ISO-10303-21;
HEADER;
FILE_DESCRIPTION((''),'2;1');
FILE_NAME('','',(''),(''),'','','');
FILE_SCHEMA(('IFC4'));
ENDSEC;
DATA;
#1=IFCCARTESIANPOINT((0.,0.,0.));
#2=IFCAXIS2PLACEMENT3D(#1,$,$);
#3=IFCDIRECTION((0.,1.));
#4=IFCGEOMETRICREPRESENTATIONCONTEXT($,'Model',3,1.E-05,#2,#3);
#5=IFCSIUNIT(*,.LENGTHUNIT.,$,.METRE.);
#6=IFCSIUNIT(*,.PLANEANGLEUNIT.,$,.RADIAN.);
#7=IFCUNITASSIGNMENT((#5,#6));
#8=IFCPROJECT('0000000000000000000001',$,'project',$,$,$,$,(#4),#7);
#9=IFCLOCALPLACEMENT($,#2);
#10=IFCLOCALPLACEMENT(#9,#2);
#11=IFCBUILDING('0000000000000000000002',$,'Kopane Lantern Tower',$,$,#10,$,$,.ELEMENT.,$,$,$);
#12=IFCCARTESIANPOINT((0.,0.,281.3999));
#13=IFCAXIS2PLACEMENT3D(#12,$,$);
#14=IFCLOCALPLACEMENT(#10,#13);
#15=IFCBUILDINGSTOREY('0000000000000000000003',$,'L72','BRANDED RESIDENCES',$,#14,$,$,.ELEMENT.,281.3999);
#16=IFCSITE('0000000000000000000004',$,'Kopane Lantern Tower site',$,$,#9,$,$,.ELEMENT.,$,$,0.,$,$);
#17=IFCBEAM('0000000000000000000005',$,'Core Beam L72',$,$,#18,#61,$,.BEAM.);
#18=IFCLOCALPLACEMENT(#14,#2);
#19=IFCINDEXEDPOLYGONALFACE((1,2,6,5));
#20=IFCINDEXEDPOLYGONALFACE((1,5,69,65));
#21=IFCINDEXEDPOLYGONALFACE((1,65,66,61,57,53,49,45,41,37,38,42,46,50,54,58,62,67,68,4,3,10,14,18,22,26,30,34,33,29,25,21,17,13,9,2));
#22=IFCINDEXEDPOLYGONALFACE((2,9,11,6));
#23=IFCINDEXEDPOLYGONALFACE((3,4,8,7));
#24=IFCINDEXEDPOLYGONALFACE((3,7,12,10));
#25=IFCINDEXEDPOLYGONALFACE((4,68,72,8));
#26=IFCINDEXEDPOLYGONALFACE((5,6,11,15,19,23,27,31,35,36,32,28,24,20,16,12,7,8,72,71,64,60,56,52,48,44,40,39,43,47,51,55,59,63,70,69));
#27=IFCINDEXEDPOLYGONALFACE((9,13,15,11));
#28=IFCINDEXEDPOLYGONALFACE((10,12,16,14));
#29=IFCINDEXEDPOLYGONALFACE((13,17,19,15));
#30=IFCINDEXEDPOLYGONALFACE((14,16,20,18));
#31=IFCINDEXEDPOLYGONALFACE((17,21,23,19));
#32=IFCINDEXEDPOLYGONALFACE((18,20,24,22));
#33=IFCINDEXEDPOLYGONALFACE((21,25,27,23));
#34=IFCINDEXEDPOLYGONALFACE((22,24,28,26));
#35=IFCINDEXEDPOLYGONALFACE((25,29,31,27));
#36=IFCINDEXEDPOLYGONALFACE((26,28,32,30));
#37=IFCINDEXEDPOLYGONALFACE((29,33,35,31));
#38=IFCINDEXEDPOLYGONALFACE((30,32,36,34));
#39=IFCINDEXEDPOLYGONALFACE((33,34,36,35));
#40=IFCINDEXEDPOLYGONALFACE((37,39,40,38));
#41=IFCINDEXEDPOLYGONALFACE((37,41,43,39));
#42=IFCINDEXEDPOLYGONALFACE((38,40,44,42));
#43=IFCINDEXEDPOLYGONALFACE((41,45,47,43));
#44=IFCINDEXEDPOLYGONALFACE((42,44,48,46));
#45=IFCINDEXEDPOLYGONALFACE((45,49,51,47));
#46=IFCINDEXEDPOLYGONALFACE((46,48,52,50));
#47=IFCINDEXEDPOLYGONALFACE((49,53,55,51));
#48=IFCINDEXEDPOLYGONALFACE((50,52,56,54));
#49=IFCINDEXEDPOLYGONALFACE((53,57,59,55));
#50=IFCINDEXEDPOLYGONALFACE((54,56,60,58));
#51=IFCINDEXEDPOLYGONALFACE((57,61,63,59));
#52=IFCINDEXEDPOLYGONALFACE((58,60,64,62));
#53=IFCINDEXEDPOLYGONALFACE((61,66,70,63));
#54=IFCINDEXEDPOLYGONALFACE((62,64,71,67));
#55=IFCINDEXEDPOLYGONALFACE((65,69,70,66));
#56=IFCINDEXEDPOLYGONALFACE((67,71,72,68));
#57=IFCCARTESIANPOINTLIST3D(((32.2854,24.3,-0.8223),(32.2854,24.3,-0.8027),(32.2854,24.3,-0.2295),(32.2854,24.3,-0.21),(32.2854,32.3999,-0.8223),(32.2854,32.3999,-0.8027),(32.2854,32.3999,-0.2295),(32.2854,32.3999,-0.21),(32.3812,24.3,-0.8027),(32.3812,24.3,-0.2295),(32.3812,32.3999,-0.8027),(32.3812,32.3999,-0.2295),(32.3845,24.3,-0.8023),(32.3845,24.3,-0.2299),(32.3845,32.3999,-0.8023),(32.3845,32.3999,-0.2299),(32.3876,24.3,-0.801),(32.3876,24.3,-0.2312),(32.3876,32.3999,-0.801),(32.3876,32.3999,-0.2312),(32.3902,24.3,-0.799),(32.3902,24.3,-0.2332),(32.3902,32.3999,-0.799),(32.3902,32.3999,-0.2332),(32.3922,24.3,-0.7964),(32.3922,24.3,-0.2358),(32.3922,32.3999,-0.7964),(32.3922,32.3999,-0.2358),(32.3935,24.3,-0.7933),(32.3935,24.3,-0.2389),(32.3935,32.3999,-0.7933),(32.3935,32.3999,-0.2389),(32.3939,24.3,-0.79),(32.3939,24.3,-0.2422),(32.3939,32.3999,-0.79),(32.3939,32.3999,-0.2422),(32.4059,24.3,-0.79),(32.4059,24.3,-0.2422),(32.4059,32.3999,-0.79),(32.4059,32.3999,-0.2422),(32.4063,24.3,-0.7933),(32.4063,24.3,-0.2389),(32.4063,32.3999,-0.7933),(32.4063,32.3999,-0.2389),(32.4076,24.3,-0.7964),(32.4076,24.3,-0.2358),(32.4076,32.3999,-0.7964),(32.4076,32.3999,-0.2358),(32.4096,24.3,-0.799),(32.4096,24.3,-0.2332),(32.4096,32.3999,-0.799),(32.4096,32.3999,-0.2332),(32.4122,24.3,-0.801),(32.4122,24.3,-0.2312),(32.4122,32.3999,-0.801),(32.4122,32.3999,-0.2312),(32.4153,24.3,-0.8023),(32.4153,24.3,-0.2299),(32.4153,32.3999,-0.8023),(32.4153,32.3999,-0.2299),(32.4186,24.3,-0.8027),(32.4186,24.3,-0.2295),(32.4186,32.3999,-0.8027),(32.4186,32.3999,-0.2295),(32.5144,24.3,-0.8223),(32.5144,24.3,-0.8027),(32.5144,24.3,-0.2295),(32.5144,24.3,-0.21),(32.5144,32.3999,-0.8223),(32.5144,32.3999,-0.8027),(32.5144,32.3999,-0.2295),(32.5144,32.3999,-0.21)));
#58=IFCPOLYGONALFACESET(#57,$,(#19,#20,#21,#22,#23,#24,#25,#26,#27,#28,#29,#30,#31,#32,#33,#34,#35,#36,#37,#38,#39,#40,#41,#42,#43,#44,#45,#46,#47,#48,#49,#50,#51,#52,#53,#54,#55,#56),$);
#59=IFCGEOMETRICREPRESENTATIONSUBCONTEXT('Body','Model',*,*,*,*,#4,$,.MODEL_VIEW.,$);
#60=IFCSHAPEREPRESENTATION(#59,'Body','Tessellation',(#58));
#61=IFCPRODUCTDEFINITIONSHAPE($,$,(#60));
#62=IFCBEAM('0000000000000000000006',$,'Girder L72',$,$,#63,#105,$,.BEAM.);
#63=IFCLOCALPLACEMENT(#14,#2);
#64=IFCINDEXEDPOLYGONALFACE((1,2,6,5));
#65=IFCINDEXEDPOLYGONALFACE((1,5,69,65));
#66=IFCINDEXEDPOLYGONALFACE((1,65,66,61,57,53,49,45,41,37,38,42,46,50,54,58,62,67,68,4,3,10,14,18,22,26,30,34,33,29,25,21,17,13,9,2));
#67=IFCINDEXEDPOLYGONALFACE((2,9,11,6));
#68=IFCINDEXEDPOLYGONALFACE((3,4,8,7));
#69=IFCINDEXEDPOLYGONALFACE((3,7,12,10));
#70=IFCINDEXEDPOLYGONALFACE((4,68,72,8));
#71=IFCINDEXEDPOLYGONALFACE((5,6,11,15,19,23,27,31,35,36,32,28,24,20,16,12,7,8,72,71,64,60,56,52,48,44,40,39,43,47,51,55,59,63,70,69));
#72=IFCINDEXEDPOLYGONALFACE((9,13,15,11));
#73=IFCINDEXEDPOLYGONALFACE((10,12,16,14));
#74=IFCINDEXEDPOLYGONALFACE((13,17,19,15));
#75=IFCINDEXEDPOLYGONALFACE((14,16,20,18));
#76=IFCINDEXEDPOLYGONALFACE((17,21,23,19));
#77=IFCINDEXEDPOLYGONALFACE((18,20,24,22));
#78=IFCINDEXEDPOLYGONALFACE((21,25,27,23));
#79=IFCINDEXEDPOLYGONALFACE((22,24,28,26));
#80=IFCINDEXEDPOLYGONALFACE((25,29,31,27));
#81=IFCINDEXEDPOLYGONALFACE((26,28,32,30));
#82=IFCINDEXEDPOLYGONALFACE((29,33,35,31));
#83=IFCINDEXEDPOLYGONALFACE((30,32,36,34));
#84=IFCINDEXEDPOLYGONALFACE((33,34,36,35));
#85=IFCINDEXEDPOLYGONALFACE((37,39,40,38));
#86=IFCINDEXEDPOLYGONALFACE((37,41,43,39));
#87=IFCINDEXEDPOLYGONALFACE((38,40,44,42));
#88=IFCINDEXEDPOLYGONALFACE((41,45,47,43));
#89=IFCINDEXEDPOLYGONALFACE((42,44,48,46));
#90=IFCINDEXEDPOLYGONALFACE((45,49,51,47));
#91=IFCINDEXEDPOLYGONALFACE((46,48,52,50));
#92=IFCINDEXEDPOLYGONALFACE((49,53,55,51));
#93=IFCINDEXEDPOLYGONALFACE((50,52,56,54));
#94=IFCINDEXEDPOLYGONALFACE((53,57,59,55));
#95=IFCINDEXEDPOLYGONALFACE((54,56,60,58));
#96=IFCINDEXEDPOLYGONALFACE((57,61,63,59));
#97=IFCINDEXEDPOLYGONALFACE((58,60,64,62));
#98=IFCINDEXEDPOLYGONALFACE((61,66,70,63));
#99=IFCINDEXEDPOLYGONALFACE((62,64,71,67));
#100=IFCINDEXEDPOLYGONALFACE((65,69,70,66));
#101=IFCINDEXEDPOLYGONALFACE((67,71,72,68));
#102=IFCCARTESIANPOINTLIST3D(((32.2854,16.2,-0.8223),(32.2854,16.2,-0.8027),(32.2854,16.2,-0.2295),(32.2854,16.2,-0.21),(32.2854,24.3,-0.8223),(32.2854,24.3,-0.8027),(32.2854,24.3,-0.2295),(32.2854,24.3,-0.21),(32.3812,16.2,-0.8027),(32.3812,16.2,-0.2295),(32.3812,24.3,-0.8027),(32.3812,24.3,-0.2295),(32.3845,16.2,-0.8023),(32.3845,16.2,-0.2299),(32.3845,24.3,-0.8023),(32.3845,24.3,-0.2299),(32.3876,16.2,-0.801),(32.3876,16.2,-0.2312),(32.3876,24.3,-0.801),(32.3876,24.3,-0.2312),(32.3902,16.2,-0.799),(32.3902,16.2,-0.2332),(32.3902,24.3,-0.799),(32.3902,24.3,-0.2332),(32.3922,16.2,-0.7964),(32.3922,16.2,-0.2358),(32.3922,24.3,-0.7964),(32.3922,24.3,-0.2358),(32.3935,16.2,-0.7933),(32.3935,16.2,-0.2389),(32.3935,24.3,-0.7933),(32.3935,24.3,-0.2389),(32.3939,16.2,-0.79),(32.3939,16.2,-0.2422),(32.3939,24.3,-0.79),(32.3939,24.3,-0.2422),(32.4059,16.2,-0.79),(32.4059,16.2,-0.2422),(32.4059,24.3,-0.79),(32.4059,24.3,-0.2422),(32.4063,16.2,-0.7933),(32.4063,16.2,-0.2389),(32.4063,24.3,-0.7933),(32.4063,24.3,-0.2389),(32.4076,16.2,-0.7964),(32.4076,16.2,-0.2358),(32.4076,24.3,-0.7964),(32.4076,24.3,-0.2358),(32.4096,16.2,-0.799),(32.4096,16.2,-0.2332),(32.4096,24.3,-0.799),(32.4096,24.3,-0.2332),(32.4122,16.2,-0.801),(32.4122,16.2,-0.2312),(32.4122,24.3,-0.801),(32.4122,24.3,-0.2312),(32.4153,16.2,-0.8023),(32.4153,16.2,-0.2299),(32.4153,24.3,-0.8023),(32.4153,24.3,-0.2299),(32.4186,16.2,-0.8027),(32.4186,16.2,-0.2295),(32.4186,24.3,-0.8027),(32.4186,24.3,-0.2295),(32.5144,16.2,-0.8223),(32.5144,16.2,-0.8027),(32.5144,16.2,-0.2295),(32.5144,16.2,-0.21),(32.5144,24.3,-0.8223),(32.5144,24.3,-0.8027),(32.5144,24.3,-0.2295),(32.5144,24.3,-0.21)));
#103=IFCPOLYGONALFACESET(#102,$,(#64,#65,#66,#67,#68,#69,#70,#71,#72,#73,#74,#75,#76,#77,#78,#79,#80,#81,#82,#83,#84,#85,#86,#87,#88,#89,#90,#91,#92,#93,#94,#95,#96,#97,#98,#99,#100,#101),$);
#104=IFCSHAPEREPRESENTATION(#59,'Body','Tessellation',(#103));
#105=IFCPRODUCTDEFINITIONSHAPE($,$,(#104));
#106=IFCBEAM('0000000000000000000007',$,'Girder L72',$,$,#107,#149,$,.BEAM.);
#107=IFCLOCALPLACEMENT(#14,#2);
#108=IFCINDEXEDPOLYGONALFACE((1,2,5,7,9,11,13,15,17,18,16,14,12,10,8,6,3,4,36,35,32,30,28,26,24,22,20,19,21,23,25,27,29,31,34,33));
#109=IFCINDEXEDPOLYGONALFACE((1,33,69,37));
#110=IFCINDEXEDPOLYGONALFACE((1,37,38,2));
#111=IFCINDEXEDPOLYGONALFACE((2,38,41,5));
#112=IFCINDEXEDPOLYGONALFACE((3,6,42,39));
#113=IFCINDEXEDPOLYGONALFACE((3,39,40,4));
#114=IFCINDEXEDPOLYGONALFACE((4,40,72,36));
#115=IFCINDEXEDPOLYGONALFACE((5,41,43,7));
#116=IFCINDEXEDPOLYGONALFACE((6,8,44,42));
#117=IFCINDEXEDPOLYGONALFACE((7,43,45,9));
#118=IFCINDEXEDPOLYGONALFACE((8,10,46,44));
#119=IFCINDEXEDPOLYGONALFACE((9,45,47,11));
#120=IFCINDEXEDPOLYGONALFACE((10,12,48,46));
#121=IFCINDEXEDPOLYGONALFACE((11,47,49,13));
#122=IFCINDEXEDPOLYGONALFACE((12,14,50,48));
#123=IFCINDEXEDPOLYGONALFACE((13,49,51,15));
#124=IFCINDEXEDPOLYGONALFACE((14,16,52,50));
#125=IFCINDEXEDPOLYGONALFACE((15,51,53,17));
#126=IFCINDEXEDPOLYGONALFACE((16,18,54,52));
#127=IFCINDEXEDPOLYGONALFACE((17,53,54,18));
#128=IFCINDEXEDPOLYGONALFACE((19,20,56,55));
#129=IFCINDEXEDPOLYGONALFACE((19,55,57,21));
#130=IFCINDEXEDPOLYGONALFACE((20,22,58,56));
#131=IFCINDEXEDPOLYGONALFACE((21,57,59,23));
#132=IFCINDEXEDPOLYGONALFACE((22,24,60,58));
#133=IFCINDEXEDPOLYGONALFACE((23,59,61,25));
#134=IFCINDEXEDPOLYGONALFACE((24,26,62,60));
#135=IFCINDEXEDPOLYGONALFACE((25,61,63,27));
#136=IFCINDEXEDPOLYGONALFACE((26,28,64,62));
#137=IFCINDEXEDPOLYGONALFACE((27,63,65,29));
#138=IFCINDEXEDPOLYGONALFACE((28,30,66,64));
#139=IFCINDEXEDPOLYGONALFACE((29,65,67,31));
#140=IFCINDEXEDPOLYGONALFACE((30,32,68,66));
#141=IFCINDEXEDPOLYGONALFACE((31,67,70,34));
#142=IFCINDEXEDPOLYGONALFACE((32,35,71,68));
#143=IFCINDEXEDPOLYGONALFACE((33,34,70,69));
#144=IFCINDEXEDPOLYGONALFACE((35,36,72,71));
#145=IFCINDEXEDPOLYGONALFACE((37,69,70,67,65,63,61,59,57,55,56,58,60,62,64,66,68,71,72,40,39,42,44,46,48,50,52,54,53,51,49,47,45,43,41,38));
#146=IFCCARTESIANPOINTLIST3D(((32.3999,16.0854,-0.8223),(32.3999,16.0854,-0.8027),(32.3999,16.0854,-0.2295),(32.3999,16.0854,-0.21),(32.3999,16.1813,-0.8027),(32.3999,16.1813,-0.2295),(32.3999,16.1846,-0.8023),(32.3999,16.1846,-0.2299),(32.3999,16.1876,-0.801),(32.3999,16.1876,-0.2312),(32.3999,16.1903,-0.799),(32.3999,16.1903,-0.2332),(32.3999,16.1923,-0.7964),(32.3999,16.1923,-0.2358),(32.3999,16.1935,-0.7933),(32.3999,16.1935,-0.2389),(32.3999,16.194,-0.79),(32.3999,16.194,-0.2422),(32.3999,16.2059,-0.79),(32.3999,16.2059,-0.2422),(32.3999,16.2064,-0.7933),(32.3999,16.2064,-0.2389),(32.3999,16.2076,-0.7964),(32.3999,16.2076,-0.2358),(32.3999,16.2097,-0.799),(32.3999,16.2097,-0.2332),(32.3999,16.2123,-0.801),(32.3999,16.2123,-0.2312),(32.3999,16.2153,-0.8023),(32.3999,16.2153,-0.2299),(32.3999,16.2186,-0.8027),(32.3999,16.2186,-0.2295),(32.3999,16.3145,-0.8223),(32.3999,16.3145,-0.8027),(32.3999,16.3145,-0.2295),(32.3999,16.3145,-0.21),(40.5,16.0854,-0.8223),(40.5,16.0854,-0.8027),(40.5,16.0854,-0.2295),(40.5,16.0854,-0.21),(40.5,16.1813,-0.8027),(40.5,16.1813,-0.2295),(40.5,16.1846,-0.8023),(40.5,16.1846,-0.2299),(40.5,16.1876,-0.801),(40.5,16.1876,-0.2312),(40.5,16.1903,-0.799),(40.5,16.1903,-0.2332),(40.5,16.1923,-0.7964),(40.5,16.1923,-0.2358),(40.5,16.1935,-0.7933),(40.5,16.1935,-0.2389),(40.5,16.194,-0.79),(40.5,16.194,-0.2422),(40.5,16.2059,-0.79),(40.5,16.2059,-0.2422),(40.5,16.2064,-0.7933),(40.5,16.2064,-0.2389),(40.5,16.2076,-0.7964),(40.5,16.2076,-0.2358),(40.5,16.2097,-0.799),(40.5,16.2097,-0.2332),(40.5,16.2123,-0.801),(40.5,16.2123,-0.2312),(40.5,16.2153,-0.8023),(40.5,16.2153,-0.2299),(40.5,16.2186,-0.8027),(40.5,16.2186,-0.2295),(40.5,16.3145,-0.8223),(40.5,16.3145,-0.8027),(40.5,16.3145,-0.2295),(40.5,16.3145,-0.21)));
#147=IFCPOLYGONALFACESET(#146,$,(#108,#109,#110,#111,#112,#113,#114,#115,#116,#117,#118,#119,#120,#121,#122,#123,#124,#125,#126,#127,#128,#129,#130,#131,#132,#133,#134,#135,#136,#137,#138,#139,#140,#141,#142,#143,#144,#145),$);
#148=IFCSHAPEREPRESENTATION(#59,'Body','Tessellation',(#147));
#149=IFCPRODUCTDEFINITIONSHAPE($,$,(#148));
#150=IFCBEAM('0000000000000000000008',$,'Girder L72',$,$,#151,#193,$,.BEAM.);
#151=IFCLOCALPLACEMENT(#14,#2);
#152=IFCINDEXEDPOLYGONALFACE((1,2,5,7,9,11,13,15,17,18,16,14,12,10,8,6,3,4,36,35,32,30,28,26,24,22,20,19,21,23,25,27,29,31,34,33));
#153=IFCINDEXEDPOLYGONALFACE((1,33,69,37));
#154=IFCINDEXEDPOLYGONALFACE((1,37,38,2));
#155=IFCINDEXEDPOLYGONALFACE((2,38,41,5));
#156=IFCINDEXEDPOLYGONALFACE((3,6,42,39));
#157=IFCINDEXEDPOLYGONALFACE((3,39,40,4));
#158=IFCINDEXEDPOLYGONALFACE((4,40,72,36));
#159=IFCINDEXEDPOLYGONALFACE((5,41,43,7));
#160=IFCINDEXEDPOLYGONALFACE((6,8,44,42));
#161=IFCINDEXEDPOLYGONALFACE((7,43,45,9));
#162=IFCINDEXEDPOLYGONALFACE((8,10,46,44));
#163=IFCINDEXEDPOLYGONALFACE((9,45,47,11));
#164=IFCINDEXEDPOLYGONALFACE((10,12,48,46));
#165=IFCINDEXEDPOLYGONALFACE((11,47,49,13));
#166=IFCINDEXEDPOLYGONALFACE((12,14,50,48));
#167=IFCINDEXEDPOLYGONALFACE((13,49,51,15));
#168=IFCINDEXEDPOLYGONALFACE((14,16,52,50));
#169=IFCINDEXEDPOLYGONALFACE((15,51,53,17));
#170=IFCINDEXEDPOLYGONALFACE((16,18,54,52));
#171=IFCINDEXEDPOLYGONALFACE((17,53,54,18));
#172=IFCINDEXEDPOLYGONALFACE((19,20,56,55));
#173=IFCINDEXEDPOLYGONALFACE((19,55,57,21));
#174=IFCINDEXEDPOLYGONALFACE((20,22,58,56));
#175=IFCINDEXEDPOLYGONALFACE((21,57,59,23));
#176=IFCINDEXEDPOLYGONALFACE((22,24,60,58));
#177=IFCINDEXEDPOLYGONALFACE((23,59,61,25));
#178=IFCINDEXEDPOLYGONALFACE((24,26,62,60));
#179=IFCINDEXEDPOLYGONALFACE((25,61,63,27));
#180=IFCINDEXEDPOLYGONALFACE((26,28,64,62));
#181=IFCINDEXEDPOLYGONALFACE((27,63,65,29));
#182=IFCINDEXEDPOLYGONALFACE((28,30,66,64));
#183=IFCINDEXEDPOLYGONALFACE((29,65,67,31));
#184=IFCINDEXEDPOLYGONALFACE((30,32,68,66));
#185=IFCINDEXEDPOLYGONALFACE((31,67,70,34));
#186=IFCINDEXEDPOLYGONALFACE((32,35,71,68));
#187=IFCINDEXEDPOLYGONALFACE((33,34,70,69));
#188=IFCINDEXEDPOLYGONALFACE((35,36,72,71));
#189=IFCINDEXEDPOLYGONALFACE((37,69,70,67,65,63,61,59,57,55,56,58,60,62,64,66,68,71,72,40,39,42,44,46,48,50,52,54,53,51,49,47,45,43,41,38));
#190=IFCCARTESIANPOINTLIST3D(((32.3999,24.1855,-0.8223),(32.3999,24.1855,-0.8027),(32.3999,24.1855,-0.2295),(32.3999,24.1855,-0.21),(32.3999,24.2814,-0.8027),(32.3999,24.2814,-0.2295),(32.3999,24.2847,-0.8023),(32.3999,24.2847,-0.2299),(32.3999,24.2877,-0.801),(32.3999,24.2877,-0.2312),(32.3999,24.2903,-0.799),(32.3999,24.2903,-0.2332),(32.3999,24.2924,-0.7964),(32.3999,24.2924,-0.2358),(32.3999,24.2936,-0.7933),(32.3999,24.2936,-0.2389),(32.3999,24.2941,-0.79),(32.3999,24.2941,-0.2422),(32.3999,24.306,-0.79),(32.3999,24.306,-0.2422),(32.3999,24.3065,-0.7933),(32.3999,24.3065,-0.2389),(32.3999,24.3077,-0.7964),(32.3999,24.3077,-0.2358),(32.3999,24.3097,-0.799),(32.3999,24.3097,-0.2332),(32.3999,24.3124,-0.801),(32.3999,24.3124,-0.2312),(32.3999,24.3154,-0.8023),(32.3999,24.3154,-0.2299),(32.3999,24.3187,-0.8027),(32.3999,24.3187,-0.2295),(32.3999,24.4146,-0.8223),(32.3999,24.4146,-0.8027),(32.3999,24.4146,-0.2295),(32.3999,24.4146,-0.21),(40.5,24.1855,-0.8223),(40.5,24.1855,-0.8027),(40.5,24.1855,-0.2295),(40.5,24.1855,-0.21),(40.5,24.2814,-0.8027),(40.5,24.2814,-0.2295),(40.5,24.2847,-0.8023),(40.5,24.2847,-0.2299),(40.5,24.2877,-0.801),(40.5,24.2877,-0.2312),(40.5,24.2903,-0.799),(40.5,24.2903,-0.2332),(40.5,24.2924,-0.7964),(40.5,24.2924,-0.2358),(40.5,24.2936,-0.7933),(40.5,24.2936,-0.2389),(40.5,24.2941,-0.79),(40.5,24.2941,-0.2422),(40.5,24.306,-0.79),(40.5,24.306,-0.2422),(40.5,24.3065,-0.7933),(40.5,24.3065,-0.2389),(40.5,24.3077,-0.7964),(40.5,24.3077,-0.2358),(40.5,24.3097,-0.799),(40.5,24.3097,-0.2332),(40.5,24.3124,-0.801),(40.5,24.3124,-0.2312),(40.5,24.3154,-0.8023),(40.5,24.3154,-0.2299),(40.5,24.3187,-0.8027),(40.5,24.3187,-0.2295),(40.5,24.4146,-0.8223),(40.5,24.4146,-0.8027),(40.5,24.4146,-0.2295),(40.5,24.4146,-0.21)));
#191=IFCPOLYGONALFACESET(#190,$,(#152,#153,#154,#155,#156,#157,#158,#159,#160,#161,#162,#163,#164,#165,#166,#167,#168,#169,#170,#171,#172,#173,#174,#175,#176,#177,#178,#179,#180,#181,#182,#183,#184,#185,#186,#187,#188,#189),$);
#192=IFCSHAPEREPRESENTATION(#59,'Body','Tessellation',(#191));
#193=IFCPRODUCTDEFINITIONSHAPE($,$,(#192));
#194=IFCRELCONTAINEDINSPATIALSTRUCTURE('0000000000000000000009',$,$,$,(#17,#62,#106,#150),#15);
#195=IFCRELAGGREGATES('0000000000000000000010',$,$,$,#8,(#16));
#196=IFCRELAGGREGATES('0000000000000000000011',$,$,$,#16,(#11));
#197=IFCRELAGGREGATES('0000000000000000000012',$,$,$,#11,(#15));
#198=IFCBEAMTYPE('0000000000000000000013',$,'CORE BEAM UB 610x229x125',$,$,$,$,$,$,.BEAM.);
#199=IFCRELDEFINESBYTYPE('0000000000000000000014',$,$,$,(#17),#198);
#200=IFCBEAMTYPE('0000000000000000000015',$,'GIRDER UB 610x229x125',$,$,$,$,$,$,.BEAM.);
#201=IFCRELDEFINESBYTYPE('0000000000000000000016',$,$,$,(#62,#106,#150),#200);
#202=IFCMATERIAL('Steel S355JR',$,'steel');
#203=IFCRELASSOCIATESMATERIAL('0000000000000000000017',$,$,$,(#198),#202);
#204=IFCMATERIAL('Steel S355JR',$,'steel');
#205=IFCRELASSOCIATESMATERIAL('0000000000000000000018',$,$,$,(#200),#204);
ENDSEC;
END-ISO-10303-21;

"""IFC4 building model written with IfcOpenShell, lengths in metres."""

from ifc_helpers import new_model, si_unit, direction, frame, origin, origin_2d, place, context, subcontext, project, spatial, i_section, extrude, material, material_profile, profile_set, type_object, element, save


model = new_model("IFC4")

# Units and contexts
model_context = context("Model", 3, precision=1e-05, world=origin(), true_north=direction((0.0, 1.0)))
body_context = subcontext(model_context, "Body", "Model", "MODEL_VIEW")
ifc_project = project(units=[si_unit("LENGTHUNIT", "METRE"), si_unit("PLANEANGLEUNIT", "RADIAN")], contexts=[model_context])

# Site, building, storey
site_placement = place(None, origin())
site = spatial("IfcSite", under=ifc_project, at=site_placement, Name="Kopane Lantern Tower site", CompositionType="ELEMENT", RefElevation=0.0)
building_placement = place(site_placement, origin())
building = spatial("IfcBuilding", under=site, at=building_placement, Name="Kopane Lantern Tower", CompositionType="ELEMENT")
storey_placement = place(building_placement, frame((0.0, 0.0, 281.3999)))
storey = spatial("IfcBuildingStorey", under=building, at=storey_placement, Name="L72", Description="BRANDED RESIDENCES", CompositionType="ELEMENT", Elevation=281.3999)

# Beams
ifc_material_1 = material(Name="Steel S355JR", Category="steel")
ifc_material_profile_1 = material_profile(ifc_material_1, i_section(OverallWidth=0.229, OverallDepth=0.6123, WebThickness=0.012, FlangeThickness=0.0195, FilletRadius=0.0127, at=origin_2d()), Name="UB 610x229x125")
ifc_profile_set_1 = profile_set([ifc_material_profile_1], Name="Steel S355JR")
beam_type_1 = type_object("IfcBeamType", Name="CORE BEAM UB 610x229x125", PredefinedType="BEAM", material=ifc_profile_set_1)
beam_placement = place(storey_placement, frame((32.3999, 24.3, -0.5161), z_axis=(0.0, 1.0, 0.0), x_axis=(-1.0, 0.0, 0.0)))
element("IfcBeam", 1, at=beam_placement, inside=storey, type_object=beam_type_1, Name="Core Beam L72", PredefinedType="BEAM", context=body_context, shape_type="SweptSolid", body=[
    extrude(i_section(OverallWidth=0.229, OverallDepth=0.6123, WebThickness=0.012, FlangeThickness=0.0195, FilletRadius=0.0127, at=origin_2d()), origin(), (0.0, 0.0, 1.0), 8.0999),
])
ifc_material_2 = material(Name="Steel S355JR", Category="steel")
ifc_material_profile_2 = material_profile(ifc_material_2, i_section(OverallWidth=0.229, OverallDepth=0.6123, WebThickness=0.012, FlangeThickness=0.0195, FilletRadius=0.0127, at=origin_2d()), Name="UB 610x229x125")
ifc_profile_set_2 = profile_set([ifc_material_profile_2], Name="Steel S355JR")
beam_type_2 = type_object("IfcBeamType", Name="GIRDER UB 610x229x125", PredefinedType="BEAM", material=ifc_profile_set_2)
for number, where, z_axis, x_axis, name in (
    (2, (32.3999, 16.2, -0.5161), (0.0, 1.0, 0.0), (-1.0, 0.0, 0.0), "Girder L72"),
    (3, (32.3999, 16.2, -0.5161), (1.0, 0.0, 0.0), (0.0, 1.0, 0.0), "Girder L72"),
    (4, (32.3999, 24.3, -0.5161), (1.0, 0.0, 0.0), (0.0, 1.0, 0.0), "Girder L72"),
):
    element("IfcBeam", number, at=place(storey_placement, frame(where, z_axis=z_axis, x_axis=x_axis)), inside=storey, type_object=beam_type_2, Name=name, PredefinedType="BEAM", context=body_context, shape_type="SweptSolid", body=[
        extrude(i_section(OverallWidth=0.229, OverallDepth=0.6123, WebThickness=0.012, FlangeThickness=0.0195, FilletRadius=0.0127, at=origin_2d()), origin(), (0.0, 0.0, 1.0), 8.1001),
    ])

save(model, "model.ifc")
